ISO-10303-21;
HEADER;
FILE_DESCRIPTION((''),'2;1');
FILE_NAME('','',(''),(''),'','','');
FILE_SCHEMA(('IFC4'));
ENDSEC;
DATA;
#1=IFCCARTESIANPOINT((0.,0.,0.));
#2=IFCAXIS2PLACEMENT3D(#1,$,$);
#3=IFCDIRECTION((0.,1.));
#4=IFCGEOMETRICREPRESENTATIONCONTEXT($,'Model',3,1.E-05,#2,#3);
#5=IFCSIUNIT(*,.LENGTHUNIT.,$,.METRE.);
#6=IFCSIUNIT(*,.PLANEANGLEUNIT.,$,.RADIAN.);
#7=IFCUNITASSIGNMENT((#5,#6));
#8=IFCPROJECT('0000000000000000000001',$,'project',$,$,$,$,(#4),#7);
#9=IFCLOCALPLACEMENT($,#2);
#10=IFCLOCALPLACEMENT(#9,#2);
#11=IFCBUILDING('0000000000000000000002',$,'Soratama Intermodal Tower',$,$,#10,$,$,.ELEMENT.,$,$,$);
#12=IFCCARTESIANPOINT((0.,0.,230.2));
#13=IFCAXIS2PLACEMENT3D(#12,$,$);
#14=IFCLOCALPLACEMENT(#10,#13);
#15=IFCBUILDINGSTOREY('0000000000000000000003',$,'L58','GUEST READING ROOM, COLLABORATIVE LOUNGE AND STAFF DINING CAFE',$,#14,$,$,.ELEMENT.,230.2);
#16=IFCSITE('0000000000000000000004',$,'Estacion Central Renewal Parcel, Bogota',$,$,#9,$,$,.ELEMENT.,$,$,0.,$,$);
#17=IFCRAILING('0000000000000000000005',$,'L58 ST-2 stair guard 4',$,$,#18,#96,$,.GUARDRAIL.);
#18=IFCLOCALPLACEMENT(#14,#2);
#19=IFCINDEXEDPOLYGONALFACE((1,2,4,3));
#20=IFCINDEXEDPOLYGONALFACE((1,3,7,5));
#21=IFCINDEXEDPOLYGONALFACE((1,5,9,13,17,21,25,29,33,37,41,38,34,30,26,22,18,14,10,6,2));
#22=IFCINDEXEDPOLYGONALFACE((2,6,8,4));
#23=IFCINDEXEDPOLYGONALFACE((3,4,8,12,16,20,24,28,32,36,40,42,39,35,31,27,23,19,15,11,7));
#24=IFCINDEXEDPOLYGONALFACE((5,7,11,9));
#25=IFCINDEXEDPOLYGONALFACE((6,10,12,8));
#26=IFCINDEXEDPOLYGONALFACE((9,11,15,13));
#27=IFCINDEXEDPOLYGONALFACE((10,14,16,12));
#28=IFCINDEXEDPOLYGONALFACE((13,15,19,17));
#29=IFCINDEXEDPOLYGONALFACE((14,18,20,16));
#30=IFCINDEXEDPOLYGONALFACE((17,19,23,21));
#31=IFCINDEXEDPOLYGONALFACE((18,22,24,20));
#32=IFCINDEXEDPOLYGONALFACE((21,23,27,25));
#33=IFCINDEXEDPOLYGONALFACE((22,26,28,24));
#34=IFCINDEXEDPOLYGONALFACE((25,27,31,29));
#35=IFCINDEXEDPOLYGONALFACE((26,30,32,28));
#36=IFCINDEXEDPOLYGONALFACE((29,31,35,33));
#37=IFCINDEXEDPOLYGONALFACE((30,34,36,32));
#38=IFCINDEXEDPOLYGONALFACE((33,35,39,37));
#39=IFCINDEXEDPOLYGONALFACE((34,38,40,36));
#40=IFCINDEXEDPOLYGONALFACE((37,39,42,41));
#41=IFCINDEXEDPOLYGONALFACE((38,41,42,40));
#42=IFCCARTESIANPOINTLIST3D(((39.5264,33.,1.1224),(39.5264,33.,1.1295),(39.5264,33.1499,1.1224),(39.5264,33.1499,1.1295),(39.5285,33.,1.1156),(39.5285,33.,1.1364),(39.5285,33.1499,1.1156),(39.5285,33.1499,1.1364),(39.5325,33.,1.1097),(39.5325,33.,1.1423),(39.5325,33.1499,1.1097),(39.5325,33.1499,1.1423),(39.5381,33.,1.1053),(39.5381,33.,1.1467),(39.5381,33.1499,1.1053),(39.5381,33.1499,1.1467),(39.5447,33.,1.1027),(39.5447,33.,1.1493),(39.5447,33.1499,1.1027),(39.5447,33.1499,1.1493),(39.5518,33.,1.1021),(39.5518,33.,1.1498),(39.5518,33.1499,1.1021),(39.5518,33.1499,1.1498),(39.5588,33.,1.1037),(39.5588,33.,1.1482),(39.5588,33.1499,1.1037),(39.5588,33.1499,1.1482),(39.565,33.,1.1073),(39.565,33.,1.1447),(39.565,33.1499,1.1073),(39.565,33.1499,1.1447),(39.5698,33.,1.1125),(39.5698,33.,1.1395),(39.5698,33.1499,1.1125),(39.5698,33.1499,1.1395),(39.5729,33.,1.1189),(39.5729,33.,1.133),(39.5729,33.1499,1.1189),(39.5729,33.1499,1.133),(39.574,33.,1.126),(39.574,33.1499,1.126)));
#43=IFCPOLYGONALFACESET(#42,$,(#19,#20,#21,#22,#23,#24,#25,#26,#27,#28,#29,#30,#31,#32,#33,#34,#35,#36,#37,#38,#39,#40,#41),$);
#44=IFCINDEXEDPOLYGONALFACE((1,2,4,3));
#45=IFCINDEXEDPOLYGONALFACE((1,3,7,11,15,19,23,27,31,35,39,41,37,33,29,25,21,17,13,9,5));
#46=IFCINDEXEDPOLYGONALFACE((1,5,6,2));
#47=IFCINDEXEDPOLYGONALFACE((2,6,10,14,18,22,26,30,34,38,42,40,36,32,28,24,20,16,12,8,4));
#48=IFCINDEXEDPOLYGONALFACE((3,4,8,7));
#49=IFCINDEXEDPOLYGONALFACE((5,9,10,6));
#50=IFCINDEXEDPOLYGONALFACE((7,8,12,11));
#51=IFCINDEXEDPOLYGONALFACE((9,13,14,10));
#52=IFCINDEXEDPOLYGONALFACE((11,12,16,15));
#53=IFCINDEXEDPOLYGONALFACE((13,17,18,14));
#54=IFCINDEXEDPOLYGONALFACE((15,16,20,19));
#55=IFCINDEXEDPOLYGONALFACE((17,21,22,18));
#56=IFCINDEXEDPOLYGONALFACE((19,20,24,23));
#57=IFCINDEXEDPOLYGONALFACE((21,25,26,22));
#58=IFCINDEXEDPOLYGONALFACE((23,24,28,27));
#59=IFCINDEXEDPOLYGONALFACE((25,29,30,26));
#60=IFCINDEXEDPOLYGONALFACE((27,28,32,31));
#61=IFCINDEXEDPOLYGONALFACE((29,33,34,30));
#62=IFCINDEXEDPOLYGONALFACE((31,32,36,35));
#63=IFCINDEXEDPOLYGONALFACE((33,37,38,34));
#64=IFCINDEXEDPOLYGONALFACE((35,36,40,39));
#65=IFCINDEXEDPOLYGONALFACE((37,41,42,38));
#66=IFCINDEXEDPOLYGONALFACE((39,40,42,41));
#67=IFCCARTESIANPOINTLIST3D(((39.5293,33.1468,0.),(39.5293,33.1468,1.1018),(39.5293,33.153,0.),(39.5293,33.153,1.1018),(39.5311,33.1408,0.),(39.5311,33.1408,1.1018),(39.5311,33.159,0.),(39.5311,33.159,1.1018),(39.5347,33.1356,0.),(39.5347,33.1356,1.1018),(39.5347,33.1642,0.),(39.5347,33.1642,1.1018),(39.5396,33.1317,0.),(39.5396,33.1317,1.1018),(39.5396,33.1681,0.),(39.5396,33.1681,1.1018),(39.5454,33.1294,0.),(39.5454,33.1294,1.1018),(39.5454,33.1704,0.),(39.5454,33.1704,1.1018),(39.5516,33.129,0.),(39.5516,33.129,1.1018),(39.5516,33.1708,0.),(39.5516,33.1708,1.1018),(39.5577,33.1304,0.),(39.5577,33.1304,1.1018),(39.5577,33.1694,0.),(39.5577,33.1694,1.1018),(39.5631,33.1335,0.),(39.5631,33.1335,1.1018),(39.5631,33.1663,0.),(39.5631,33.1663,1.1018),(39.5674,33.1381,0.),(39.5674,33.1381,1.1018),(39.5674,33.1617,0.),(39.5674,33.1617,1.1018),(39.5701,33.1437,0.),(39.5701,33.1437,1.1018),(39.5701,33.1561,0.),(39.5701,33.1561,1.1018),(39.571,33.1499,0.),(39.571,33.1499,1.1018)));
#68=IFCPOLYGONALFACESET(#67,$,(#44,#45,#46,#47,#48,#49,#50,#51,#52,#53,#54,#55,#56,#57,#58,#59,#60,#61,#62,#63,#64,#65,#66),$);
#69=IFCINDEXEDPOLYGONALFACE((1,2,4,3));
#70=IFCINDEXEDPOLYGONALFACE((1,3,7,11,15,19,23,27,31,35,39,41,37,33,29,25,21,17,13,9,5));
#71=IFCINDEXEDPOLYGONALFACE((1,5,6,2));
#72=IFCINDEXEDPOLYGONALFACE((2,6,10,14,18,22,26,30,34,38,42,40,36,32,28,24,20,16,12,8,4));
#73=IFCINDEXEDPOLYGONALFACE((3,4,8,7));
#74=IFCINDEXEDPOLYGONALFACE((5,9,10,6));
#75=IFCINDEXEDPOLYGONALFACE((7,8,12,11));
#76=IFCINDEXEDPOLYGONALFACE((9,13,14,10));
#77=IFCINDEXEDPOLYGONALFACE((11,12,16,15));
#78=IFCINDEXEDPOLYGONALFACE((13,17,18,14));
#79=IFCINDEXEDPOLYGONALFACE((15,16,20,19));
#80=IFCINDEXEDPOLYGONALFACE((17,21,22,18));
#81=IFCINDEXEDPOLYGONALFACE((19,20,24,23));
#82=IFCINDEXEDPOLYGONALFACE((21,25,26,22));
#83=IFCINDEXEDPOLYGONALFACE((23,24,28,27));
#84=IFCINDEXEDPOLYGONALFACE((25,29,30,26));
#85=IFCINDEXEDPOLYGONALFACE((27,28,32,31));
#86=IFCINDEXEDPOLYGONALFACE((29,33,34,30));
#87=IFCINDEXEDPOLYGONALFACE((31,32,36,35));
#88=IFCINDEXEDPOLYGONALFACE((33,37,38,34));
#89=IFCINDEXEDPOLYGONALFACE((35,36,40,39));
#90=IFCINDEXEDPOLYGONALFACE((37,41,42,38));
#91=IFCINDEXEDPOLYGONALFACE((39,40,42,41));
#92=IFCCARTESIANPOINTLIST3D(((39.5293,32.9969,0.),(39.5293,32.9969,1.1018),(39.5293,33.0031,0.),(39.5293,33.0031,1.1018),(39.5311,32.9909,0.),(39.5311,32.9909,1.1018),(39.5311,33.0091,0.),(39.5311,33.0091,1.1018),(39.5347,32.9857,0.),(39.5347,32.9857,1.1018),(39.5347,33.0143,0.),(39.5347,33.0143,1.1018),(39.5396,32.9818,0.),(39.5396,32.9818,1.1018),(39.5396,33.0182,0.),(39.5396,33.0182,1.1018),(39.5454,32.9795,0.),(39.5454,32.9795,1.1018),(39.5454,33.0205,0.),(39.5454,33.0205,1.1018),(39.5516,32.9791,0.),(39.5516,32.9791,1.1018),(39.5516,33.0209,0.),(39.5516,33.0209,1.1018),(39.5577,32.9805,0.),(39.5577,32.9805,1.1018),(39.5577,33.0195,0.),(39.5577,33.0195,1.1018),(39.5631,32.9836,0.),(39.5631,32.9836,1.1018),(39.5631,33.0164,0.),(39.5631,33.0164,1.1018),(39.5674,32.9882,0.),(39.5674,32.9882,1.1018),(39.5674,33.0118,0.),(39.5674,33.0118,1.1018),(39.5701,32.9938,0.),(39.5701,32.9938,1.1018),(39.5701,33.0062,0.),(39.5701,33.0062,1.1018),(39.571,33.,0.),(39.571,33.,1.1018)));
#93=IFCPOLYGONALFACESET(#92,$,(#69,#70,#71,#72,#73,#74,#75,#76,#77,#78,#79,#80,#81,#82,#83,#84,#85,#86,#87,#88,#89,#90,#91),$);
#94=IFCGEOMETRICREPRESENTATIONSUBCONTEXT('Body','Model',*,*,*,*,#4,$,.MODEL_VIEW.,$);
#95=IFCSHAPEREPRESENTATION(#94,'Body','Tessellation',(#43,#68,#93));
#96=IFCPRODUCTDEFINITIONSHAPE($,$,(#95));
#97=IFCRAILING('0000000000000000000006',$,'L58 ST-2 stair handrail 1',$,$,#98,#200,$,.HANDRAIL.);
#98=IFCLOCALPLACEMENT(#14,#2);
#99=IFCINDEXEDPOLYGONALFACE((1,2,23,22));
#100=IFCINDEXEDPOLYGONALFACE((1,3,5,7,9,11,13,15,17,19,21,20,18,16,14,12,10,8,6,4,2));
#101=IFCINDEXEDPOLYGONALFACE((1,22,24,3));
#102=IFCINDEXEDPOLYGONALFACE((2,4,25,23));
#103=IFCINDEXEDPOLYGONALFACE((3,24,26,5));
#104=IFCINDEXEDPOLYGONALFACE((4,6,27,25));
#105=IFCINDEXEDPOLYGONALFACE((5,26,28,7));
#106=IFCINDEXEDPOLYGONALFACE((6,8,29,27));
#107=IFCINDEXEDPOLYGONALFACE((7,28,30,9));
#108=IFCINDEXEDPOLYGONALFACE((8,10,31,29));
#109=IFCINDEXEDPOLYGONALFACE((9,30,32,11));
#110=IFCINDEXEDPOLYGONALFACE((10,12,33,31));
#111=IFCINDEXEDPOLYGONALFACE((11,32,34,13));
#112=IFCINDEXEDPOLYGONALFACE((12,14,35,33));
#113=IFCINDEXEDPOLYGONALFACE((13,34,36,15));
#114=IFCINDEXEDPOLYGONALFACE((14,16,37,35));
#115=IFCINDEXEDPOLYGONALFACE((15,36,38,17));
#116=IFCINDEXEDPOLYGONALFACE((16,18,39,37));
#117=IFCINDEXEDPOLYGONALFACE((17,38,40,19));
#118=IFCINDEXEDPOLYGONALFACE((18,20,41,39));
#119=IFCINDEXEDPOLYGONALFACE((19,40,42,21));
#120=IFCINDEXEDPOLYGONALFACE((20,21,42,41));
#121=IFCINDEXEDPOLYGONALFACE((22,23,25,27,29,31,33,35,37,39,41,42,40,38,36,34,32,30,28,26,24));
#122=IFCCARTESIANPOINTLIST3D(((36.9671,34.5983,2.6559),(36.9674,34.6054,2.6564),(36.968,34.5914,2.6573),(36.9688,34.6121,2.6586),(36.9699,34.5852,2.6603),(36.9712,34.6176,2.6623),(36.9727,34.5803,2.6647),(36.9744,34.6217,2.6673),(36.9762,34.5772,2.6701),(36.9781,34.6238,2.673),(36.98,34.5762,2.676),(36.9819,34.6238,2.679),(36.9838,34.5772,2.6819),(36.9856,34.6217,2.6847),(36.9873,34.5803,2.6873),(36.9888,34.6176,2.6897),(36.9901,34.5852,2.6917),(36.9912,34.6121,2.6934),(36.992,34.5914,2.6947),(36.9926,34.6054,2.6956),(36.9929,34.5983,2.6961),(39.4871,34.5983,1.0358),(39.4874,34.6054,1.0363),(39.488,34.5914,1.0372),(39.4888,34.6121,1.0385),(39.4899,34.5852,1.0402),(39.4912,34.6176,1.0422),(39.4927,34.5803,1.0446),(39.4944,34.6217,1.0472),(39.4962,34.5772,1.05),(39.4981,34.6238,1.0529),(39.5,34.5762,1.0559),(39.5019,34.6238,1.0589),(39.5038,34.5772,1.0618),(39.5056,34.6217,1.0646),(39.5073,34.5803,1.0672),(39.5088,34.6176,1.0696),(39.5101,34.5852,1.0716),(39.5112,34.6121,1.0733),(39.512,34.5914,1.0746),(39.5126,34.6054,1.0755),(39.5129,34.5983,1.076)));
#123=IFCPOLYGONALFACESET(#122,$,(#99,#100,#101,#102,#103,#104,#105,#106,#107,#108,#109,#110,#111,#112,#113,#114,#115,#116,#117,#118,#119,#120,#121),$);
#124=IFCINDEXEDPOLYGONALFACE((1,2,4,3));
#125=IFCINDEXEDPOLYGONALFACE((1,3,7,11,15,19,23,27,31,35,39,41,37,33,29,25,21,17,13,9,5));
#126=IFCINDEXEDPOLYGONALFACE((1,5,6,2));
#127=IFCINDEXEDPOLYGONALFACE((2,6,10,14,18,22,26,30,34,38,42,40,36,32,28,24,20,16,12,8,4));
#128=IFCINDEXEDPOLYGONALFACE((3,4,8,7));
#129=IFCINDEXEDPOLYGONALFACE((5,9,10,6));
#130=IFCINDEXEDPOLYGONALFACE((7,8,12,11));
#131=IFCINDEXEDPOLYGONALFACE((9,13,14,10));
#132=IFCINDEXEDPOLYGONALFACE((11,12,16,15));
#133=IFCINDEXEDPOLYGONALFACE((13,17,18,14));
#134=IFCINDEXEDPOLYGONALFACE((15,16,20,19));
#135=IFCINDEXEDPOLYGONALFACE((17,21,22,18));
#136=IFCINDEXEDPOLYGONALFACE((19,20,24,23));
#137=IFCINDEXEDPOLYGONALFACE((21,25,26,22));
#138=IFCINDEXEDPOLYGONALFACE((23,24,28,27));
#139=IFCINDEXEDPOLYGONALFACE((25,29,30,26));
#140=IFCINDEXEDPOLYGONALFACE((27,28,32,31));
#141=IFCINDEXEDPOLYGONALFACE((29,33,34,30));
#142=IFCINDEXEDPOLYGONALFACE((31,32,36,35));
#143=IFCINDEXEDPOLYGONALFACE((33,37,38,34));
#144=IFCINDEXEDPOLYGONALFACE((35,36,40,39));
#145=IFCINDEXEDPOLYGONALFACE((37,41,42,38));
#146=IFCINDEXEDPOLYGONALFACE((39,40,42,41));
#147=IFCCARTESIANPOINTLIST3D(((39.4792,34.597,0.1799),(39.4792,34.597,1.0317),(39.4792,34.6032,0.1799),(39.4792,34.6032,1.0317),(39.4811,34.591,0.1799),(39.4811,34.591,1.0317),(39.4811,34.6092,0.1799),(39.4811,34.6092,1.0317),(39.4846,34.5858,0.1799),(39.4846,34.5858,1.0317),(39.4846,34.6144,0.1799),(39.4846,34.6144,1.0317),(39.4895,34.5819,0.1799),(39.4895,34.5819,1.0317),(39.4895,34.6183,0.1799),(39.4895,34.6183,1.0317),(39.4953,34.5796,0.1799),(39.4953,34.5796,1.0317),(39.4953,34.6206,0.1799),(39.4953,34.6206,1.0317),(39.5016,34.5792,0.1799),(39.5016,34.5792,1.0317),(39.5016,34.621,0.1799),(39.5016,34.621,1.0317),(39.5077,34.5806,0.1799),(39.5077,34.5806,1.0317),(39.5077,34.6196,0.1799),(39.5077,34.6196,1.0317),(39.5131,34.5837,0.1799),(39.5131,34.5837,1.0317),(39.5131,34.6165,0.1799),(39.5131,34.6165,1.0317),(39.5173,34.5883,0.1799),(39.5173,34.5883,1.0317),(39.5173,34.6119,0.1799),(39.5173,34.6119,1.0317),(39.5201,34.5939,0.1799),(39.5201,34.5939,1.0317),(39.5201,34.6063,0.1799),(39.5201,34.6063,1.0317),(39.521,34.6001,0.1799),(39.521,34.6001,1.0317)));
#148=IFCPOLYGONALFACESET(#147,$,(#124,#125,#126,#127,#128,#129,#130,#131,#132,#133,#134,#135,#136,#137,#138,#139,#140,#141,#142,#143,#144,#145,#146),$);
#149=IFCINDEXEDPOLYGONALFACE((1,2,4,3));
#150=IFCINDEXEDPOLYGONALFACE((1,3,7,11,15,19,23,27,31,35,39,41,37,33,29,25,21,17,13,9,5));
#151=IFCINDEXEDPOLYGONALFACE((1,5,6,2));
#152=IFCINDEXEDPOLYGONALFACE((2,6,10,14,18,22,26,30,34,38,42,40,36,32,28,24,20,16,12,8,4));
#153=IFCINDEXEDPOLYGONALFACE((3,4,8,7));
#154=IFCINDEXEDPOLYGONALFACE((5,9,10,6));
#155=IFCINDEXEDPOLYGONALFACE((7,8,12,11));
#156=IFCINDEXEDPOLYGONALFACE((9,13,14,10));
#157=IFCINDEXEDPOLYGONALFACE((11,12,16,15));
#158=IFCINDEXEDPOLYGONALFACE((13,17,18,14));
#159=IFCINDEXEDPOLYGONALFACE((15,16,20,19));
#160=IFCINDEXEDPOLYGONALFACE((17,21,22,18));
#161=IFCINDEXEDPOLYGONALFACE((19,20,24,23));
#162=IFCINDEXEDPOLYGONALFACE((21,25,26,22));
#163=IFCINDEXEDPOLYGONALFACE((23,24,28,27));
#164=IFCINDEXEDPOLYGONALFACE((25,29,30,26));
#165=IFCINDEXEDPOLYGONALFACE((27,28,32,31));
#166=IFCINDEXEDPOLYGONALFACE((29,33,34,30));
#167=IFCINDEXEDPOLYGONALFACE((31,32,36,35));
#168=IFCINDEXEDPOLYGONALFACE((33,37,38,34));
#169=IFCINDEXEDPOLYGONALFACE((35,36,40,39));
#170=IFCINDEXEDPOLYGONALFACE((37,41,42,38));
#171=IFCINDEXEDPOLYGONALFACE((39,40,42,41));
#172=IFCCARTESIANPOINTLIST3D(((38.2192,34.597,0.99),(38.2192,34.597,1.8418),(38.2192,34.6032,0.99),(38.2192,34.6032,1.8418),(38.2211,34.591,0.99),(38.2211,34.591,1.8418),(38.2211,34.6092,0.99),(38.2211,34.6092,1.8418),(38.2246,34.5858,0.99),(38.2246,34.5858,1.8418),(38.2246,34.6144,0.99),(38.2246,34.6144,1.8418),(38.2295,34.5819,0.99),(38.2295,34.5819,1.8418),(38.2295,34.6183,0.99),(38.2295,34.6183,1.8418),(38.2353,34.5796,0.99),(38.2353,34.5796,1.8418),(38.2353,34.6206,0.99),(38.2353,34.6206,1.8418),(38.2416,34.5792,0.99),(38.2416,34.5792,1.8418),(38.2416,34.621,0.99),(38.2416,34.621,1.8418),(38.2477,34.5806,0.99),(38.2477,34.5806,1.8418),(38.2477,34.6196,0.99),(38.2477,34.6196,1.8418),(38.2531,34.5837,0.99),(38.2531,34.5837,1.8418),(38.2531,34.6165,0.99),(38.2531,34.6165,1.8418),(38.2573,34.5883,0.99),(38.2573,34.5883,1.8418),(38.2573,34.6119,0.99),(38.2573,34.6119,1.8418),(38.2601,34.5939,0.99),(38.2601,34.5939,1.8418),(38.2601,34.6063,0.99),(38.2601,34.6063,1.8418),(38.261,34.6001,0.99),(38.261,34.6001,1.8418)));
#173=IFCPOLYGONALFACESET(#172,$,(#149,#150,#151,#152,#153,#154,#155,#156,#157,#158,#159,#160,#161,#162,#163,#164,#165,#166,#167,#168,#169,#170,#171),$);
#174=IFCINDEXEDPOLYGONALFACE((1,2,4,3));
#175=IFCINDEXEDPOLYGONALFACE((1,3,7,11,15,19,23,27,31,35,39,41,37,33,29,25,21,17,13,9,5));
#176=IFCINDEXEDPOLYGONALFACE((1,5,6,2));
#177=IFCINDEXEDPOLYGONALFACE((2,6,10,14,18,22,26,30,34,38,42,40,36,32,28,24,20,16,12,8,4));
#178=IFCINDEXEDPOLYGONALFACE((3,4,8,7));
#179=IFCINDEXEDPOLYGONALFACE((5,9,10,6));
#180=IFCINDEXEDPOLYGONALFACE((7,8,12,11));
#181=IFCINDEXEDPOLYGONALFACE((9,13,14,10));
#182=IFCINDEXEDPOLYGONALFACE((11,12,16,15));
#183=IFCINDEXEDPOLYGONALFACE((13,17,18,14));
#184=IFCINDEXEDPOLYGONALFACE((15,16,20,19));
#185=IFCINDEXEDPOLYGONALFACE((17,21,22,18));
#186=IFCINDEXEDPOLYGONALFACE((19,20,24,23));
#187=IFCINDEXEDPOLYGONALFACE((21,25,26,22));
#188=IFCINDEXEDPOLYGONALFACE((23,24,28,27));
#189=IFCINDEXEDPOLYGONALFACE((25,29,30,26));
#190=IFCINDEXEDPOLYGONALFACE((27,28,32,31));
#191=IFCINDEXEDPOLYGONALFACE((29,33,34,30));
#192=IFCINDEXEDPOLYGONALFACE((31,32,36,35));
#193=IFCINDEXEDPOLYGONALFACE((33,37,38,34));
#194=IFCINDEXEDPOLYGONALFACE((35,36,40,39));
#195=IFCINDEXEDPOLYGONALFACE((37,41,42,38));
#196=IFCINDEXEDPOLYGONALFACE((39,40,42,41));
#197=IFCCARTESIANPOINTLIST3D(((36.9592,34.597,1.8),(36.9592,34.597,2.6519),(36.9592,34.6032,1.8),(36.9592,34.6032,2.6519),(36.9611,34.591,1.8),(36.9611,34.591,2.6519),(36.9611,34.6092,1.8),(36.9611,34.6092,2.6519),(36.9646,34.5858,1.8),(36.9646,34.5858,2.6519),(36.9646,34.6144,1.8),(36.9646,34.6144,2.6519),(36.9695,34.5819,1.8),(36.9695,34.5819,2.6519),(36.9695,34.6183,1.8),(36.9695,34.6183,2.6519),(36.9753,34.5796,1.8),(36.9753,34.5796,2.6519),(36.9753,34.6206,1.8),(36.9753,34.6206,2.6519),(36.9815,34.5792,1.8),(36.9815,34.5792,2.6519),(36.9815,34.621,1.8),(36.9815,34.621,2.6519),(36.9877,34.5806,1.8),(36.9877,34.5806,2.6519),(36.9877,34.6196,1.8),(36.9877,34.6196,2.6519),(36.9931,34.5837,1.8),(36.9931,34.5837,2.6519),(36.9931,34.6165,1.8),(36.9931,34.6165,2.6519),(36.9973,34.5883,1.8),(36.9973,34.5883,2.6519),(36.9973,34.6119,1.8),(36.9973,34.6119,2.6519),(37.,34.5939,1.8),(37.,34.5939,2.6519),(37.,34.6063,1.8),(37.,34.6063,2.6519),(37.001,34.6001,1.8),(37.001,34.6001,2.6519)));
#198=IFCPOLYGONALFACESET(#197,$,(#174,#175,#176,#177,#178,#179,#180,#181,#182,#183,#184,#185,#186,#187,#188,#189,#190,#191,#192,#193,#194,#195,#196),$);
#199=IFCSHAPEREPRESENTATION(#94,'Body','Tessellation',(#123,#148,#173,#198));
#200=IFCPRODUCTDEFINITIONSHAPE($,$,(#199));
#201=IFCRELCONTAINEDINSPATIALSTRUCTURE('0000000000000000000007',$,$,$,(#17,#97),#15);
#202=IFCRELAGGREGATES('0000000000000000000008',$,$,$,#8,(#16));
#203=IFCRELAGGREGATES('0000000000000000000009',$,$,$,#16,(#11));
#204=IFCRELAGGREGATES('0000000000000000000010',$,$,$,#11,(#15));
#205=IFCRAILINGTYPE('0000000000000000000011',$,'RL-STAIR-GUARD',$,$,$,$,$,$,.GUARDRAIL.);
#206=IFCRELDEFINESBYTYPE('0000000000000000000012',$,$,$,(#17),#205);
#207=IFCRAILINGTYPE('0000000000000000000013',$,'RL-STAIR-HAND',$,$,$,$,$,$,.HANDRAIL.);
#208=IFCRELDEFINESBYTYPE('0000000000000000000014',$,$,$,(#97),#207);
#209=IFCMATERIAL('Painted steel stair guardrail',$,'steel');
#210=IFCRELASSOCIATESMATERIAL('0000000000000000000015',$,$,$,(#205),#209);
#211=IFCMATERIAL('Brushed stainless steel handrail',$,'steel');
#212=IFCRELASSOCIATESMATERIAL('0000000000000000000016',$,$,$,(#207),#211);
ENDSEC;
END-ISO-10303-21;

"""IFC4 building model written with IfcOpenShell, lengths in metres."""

from ifc_helpers import new_model, si_unit, direction, frame, origin, origin_2d, place, context, subcontext, project, spatial, circle, extrude, material, type_object, element, save


model = new_model("IFC4")

# Units and contexts
model_context = context("Model", 3, precision=1e-05, world=origin(), true_north=direction((0.0, 1.0)))
body_context = subcontext(model_context, "Body", "Model", "MODEL_VIEW")
ifc_project = project(units=[si_unit("LENGTHUNIT", "METRE"), si_unit("PLANEANGLEUNIT", "RADIAN")], contexts=[model_context])

# Site, building, storey
site_placement = place(None, origin())
site = spatial("IfcSite", under=ifc_project, at=site_placement, Name="Estacion Central Renewal Parcel, Bogota", CompositionType="ELEMENT", RefElevation=0.0)
building_placement = place(site_placement, origin())
building = spatial("IfcBuilding", under=site, at=building_placement, Name="Soratama Intermodal Tower", CompositionType="ELEMENT")
storey_placement = place(building_placement, frame((0.0, 0.0, 230.2)))
storey = spatial("IfcBuildingStorey", under=building, at=storey_placement, Name="L58", Description="GUEST READING ROOM, COLLABORATIVE LOUNGE AND STAFF DINING CAFE", CompositionType="ELEMENT", Elevation=230.2)

# Railings
ifc_material_1 = material(Name="Painted steel stair guardrail", Category="steel")
railing_type_1 = type_object("IfcRailingType", Name="RL-STAIR-GUARD", PredefinedType="GUARDRAIL", material=ifc_material_1)
railing_1_placement = place(storey_placement, frame((39.55, 33.1499, 0.0)))
element("IfcRailing", 1, at=railing_1_placement, inside=storey, type_object=railing_type_1, Name="L58 ST-2 stair guard 4", PredefinedType="GUARDRAIL", context=body_context, shape_type="SweptSolid", body=[
    extrude(circle(Radius=0.0239, at=origin_2d()), frame((0.0, 0.0, 1.126), z_axis=(0.0, -1.0, 0.0), x_axis=(1.0, 0.0, 0.0)), (0.0, 0.0, 1.0), 0.1499),
    extrude(circle(Radius=0.021, at=origin_2d()), origin(), (0.0, 0.0, 1.0), 1.1018),
    extrude(circle(Radius=0.021, at=origin_2d()), frame((0.0, -0.1499, 0.0)), (0.0, 0.0, 1.0), 1.1018),
])
ifc_material_2 = material(Name="Brushed stainless steel handrail", Category="steel")
railing_type_2 = type_object("IfcRailingType", Name="RL-STAIR-HAND", PredefinedType="HANDRAIL", material=ifc_material_2)
railing_2_placement = place(storey_placement, frame((39.5, 34.6001, 0.1799)))
element("IfcRailing", 2, at=railing_2_placement, inside=storey, type_object=railing_type_2, Name="L58 ST-2 stair handrail 1", PredefinedType="HANDRAIL", context=body_context, shape_type="SweptSolid", body=[
    extrude(circle(Radius=0.0239, at=origin_2d()), frame((0.0, 0.0, 0.876), z_axis=(-0.841163, 0.0, 0.540782), x_axis=(0.0, -1.0, 0.0)), (0.0, 0.0, 1.0), 2.9958),
    extrude(circle(Radius=0.021, at=origin_2d()), origin(), (0.0, 0.0, 1.0), 0.8518),
    extrude(circle(Radius=0.021, at=origin_2d()), frame((-1.26, 0.0, 0.8101)), (0.0, 0.0, 1.0), 0.8518),
    extrude(circle(Radius=0.021, at=origin_2d()), frame((-2.52, 0.0, 1.6201)), (0.0, 0.0, 1.0), 0.8518),
])

save(model, "model.ifc")
